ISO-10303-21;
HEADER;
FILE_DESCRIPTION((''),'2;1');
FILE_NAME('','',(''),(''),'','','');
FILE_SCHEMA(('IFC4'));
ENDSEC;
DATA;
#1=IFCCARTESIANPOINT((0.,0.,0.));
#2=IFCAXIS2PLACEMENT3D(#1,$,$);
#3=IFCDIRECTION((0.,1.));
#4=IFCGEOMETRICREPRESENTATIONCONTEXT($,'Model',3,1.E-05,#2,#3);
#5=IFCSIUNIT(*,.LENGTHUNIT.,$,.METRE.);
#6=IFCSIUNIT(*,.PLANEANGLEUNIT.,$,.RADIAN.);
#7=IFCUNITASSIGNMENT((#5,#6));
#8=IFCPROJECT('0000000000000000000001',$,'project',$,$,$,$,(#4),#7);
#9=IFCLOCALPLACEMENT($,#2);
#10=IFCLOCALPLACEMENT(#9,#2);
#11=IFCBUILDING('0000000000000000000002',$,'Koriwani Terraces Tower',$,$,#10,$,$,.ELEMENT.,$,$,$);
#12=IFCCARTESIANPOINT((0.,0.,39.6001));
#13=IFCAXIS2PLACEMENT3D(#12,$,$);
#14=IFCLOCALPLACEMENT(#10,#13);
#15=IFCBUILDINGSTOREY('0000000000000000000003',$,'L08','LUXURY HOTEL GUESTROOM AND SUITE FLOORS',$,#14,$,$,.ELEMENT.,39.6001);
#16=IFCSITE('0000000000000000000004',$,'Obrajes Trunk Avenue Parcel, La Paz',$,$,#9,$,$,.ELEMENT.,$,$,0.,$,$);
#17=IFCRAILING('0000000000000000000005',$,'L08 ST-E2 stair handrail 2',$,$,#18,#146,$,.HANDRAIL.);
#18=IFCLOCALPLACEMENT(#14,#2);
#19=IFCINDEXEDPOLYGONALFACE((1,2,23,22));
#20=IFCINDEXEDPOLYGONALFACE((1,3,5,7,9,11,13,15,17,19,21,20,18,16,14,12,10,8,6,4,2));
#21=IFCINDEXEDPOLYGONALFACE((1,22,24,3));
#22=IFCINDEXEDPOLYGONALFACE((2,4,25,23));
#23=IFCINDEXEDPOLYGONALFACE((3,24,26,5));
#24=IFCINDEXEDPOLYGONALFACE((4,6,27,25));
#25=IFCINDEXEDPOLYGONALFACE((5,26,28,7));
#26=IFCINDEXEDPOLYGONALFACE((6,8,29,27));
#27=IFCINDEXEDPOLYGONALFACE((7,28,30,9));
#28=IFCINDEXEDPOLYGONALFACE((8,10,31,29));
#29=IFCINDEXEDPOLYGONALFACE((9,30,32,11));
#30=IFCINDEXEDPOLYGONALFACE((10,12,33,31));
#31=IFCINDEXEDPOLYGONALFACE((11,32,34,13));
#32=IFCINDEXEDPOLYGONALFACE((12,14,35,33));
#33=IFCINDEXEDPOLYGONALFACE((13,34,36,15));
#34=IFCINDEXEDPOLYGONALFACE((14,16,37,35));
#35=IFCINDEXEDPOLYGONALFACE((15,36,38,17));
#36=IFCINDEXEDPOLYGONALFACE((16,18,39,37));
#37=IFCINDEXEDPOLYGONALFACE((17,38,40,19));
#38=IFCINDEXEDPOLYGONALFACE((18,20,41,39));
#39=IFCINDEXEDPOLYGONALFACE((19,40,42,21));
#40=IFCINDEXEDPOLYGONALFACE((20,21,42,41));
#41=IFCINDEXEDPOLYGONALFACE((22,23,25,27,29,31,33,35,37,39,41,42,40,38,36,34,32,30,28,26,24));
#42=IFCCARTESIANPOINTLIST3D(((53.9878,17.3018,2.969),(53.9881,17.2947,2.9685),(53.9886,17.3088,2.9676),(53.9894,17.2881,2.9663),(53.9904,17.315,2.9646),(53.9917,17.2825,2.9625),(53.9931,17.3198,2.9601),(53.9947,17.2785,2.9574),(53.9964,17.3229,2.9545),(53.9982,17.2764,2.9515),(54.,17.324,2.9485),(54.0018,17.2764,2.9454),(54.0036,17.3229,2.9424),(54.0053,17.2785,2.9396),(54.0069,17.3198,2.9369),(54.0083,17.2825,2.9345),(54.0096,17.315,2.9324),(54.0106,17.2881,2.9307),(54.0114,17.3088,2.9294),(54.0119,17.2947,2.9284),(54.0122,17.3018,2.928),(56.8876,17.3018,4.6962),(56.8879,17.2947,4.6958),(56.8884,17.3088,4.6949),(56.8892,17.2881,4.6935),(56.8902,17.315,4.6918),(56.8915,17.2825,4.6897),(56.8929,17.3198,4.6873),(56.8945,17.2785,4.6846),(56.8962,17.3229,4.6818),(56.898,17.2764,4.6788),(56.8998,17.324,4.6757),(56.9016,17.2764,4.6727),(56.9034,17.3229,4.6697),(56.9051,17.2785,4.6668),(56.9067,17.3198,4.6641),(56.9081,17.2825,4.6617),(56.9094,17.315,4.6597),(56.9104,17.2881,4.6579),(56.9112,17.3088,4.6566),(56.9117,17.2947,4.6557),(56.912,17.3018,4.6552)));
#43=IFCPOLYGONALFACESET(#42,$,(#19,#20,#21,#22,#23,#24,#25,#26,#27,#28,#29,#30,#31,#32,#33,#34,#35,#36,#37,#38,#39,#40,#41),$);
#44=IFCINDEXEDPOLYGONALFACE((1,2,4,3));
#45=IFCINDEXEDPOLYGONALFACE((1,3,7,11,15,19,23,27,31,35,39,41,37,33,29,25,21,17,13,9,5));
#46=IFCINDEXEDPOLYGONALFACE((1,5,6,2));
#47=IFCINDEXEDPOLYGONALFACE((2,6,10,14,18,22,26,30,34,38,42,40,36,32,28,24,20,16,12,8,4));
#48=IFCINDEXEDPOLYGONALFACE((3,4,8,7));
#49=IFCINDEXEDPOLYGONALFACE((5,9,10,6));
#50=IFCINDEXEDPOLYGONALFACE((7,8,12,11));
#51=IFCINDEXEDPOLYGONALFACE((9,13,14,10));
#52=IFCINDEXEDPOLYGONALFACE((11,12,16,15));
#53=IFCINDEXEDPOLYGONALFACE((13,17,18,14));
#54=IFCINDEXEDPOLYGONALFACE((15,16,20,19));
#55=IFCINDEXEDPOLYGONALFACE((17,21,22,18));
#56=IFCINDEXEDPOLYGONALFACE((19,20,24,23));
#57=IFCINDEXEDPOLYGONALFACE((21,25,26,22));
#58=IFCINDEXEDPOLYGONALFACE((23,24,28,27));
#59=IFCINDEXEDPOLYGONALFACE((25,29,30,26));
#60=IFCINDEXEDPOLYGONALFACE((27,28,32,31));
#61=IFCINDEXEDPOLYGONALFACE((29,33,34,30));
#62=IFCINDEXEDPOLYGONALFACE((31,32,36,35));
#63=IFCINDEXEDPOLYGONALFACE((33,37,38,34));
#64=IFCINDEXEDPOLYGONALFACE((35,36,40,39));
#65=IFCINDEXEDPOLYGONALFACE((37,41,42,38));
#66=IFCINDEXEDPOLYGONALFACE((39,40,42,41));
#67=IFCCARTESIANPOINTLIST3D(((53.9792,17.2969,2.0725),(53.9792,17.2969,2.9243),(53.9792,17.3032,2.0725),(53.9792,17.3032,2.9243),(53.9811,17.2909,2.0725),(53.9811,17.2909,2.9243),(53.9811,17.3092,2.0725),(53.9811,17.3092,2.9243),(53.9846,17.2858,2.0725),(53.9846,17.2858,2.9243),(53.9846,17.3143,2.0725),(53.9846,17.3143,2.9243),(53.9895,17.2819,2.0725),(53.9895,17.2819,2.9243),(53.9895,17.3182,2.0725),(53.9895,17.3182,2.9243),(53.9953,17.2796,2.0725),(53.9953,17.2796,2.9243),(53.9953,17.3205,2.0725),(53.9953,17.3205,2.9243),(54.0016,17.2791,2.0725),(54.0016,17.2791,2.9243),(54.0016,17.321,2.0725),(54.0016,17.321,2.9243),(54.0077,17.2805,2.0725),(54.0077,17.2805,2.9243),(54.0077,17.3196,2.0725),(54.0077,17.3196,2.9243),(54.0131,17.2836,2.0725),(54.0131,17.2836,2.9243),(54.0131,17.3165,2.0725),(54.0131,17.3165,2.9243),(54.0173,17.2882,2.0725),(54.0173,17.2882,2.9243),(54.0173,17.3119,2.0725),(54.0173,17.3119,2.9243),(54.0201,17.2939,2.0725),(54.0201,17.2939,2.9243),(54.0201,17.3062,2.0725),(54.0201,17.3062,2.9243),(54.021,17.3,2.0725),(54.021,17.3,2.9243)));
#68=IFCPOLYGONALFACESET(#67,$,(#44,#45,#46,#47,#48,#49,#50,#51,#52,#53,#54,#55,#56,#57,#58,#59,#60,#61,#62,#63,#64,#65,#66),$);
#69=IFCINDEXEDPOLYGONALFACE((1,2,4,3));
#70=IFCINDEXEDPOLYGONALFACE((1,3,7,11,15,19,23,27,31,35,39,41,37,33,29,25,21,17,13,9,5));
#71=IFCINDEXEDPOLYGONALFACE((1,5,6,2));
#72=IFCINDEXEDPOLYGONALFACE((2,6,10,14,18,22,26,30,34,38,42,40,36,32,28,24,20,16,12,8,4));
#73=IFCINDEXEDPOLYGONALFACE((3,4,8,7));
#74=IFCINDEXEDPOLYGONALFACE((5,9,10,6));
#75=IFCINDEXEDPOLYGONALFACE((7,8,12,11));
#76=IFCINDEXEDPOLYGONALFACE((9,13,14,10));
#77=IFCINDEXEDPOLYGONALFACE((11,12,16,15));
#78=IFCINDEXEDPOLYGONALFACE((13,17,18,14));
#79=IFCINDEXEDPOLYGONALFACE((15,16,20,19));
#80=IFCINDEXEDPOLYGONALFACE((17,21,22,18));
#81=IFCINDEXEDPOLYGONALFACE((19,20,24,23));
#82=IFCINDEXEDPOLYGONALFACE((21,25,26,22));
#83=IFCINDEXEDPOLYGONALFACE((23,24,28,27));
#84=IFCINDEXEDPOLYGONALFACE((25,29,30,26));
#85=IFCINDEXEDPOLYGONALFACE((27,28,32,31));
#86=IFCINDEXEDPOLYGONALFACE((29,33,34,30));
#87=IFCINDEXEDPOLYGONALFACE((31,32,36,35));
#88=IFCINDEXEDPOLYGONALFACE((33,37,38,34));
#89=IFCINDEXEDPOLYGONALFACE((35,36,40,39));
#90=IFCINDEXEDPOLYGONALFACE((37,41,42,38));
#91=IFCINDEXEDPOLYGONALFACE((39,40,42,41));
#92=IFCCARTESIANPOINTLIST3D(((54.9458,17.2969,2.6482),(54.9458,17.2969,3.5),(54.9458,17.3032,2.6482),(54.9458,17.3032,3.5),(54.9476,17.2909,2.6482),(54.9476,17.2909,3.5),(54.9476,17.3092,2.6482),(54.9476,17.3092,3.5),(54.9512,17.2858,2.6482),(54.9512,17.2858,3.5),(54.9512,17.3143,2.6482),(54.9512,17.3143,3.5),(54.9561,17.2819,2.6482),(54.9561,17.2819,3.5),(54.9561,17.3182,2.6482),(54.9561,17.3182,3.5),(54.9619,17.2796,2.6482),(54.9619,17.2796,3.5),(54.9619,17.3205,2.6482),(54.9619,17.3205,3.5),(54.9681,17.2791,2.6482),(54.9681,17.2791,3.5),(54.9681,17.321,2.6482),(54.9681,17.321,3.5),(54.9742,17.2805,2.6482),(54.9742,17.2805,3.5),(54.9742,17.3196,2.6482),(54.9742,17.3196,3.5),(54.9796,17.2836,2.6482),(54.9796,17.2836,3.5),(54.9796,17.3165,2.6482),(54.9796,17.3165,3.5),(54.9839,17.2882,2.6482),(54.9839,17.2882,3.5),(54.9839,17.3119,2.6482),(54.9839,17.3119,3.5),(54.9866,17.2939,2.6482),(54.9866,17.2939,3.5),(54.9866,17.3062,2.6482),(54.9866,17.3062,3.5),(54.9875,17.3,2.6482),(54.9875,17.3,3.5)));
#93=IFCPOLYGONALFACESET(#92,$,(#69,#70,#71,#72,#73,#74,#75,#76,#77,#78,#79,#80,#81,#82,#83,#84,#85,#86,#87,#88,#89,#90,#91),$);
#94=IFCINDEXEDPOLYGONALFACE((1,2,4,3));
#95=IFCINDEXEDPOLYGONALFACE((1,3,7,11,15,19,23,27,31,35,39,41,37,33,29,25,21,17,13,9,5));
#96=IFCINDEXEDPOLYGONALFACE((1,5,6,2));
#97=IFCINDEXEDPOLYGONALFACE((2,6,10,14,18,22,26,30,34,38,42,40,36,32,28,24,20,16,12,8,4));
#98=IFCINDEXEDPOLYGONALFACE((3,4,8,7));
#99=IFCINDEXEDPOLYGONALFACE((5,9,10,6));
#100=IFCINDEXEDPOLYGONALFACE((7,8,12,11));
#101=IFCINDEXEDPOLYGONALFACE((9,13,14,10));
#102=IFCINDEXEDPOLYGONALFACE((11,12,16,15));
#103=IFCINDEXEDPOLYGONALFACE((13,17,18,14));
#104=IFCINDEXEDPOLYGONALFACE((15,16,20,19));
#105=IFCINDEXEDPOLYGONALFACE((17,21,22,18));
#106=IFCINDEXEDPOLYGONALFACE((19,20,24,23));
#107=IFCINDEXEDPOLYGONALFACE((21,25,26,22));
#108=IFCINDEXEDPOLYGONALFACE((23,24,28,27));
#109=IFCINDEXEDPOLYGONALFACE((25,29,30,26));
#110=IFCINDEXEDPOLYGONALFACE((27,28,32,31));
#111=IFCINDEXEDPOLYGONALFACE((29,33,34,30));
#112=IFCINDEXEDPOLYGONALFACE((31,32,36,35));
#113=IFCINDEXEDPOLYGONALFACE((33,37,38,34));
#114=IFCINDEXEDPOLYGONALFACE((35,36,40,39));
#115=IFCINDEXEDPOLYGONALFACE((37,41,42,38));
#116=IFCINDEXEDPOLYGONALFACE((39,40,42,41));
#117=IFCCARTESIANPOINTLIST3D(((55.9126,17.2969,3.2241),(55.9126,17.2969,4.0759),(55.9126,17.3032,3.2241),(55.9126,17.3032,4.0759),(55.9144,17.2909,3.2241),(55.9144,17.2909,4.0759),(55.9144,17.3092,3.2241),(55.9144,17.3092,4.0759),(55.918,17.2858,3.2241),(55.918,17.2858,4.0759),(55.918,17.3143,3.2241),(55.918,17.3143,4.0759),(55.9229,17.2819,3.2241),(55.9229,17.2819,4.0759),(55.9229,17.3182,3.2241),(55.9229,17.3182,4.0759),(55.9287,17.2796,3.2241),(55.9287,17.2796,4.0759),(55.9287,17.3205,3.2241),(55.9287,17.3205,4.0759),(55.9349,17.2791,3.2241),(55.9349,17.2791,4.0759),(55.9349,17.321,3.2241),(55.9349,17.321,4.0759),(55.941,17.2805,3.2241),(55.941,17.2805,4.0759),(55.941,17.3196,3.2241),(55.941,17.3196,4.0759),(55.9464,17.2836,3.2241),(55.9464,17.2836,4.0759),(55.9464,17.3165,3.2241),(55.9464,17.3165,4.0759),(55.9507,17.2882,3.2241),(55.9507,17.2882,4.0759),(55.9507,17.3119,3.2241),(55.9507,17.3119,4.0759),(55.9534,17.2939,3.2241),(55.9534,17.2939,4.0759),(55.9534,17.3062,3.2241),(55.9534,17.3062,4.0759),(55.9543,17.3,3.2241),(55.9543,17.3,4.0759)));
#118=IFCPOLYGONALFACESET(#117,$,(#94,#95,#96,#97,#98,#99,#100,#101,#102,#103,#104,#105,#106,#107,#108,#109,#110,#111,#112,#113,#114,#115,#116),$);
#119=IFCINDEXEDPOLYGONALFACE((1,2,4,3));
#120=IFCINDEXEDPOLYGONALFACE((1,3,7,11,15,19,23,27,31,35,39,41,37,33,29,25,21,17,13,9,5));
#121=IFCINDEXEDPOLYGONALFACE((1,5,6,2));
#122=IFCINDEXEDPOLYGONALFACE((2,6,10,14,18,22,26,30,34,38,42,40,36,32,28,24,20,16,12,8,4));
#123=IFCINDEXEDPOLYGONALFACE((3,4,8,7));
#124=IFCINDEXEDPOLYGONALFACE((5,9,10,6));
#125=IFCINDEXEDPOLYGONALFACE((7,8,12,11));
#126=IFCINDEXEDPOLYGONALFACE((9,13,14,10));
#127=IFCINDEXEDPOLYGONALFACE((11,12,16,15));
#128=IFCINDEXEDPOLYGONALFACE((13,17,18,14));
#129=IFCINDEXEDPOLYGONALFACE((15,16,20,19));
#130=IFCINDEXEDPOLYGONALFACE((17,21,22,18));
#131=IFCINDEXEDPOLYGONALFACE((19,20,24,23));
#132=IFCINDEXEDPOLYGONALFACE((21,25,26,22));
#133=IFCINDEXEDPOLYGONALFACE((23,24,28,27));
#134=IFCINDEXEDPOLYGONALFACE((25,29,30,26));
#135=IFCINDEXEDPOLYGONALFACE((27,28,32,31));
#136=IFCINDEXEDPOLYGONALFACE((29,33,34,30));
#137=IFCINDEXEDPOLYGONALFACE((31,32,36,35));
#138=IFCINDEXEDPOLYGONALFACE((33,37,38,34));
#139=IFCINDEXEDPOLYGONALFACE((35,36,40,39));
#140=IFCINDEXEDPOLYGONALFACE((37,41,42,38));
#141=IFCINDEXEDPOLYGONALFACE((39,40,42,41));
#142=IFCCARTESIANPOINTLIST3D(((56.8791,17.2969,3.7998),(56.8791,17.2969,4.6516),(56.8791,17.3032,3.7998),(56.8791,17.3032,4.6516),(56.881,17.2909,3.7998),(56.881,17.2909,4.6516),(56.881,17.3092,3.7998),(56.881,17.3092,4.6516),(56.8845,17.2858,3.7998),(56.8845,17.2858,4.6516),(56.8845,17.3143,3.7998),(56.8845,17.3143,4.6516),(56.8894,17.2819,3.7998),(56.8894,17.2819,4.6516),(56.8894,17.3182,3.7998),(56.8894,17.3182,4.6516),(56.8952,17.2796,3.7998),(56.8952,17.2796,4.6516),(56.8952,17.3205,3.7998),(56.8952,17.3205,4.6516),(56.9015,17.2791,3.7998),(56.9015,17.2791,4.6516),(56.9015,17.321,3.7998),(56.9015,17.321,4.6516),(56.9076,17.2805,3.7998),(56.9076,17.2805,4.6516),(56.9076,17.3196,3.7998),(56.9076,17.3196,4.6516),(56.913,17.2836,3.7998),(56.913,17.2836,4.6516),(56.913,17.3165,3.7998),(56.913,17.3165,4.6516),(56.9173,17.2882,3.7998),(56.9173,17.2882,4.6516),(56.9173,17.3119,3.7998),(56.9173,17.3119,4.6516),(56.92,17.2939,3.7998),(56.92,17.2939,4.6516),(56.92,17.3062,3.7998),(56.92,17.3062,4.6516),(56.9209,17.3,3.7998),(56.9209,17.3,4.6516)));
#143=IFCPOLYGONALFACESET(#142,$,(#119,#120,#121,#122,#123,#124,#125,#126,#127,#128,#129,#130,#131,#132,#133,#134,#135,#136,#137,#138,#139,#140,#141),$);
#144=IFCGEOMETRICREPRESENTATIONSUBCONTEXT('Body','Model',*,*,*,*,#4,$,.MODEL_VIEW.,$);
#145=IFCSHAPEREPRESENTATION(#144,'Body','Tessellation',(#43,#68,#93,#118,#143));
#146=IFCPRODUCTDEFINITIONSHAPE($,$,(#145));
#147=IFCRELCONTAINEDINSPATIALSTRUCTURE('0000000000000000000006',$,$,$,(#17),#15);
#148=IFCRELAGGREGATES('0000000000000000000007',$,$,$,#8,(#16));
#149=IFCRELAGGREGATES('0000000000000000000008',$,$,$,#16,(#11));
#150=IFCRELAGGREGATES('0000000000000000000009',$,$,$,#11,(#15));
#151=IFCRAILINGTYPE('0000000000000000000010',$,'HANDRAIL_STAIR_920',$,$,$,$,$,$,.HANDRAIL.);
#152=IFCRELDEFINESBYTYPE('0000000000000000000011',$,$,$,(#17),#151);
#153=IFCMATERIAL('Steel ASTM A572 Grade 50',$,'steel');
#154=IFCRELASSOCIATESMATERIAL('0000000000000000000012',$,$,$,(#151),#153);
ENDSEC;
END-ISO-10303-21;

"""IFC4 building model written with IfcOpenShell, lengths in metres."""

from ifc_helpers import new_model, si_unit, direction, frame, origin, origin_2d, place, context, subcontext, project, spatial, circle, extrude, material, type_object, element, save


model = new_model("IFC4")

# Units and contexts
model_context = context("Model", 3, precision=1e-05, world=origin(), true_north=direction((0.0, 1.0)))
body_context = subcontext(model_context, "Body", "Model", "MODEL_VIEW")
ifc_project = project(units=[si_unit("LENGTHUNIT", "METRE"), si_unit("PLANEANGLEUNIT", "RADIAN")], contexts=[model_context])

# Site, building, storey
site_placement = place(None, origin())
site = spatial("IfcSite", under=ifc_project, at=site_placement, Name="Obrajes Trunk Avenue Parcel, La Paz", CompositionType="ELEMENT", RefElevation=0.0)
building_placement = place(site_placement, origin())
building = spatial("IfcBuilding", under=site, at=building_placement, Name="Koriwani Terraces Tower", CompositionType="ELEMENT")
storey_placement = place(building_placement, frame((0.0, 0.0, 39.6001)))
storey = spatial("IfcBuildingStorey", under=building, at=storey_placement, Name="L08", Description="LUXURY HOTEL GUESTROOM AND SUITE FLOORS", CompositionType="ELEMENT", Elevation=39.6001)

# Shared definitions
ifc_material_1 = material(Name="Steel ASTM A572 Grade 50", Category="steel")

# Railing
railing_type_1 = type_object("IfcRailingType", Name="HANDRAIL_STAIR_920", PredefinedType="HANDRAIL", material=ifc_material_1)
railing_1_placement = place(storey_placement, frame((54.0, 17.3, 2.0725)))
element("IfcRailing", 1, at=railing_1_placement, inside=storey, type_object=railing_type_1, Name="L08 ST-E2 stair handrail 2", PredefinedType="HANDRAIL", context=body_context, shape_type="SweptSolid", body=[
    extrude(circle(Radius=0.0239, at=origin_2d()), frame((0.0, 0.0, 0.876), z_axis=(0.859141, 0.0, 0.511738), x_axis=(0.0, 1.0, 0.0)), (0.0, 0.0, 1.0), 3.3752),
    extrude(circle(Radius=0.021, at=origin_2d()), origin(), (0.0, 0.0, 1.0), 0.8518),
    extrude(circle(Radius=0.021, at=origin_2d()), frame((0.9666, 0.0, 0.5757)), (0.0, 0.0, 1.0), 0.8518),
    extrude(circle(Radius=0.021, at=origin_2d()), frame((1.9333, 0.0, 1.1516)), (0.0, 0.0, 1.0), 0.8518),
    extrude(circle(Radius=0.021, at=origin_2d()), frame((2.8999, 0.0, 1.7273)), (0.0, 0.0, 1.0), 0.8518),
])

save(model, "model.ifc")
